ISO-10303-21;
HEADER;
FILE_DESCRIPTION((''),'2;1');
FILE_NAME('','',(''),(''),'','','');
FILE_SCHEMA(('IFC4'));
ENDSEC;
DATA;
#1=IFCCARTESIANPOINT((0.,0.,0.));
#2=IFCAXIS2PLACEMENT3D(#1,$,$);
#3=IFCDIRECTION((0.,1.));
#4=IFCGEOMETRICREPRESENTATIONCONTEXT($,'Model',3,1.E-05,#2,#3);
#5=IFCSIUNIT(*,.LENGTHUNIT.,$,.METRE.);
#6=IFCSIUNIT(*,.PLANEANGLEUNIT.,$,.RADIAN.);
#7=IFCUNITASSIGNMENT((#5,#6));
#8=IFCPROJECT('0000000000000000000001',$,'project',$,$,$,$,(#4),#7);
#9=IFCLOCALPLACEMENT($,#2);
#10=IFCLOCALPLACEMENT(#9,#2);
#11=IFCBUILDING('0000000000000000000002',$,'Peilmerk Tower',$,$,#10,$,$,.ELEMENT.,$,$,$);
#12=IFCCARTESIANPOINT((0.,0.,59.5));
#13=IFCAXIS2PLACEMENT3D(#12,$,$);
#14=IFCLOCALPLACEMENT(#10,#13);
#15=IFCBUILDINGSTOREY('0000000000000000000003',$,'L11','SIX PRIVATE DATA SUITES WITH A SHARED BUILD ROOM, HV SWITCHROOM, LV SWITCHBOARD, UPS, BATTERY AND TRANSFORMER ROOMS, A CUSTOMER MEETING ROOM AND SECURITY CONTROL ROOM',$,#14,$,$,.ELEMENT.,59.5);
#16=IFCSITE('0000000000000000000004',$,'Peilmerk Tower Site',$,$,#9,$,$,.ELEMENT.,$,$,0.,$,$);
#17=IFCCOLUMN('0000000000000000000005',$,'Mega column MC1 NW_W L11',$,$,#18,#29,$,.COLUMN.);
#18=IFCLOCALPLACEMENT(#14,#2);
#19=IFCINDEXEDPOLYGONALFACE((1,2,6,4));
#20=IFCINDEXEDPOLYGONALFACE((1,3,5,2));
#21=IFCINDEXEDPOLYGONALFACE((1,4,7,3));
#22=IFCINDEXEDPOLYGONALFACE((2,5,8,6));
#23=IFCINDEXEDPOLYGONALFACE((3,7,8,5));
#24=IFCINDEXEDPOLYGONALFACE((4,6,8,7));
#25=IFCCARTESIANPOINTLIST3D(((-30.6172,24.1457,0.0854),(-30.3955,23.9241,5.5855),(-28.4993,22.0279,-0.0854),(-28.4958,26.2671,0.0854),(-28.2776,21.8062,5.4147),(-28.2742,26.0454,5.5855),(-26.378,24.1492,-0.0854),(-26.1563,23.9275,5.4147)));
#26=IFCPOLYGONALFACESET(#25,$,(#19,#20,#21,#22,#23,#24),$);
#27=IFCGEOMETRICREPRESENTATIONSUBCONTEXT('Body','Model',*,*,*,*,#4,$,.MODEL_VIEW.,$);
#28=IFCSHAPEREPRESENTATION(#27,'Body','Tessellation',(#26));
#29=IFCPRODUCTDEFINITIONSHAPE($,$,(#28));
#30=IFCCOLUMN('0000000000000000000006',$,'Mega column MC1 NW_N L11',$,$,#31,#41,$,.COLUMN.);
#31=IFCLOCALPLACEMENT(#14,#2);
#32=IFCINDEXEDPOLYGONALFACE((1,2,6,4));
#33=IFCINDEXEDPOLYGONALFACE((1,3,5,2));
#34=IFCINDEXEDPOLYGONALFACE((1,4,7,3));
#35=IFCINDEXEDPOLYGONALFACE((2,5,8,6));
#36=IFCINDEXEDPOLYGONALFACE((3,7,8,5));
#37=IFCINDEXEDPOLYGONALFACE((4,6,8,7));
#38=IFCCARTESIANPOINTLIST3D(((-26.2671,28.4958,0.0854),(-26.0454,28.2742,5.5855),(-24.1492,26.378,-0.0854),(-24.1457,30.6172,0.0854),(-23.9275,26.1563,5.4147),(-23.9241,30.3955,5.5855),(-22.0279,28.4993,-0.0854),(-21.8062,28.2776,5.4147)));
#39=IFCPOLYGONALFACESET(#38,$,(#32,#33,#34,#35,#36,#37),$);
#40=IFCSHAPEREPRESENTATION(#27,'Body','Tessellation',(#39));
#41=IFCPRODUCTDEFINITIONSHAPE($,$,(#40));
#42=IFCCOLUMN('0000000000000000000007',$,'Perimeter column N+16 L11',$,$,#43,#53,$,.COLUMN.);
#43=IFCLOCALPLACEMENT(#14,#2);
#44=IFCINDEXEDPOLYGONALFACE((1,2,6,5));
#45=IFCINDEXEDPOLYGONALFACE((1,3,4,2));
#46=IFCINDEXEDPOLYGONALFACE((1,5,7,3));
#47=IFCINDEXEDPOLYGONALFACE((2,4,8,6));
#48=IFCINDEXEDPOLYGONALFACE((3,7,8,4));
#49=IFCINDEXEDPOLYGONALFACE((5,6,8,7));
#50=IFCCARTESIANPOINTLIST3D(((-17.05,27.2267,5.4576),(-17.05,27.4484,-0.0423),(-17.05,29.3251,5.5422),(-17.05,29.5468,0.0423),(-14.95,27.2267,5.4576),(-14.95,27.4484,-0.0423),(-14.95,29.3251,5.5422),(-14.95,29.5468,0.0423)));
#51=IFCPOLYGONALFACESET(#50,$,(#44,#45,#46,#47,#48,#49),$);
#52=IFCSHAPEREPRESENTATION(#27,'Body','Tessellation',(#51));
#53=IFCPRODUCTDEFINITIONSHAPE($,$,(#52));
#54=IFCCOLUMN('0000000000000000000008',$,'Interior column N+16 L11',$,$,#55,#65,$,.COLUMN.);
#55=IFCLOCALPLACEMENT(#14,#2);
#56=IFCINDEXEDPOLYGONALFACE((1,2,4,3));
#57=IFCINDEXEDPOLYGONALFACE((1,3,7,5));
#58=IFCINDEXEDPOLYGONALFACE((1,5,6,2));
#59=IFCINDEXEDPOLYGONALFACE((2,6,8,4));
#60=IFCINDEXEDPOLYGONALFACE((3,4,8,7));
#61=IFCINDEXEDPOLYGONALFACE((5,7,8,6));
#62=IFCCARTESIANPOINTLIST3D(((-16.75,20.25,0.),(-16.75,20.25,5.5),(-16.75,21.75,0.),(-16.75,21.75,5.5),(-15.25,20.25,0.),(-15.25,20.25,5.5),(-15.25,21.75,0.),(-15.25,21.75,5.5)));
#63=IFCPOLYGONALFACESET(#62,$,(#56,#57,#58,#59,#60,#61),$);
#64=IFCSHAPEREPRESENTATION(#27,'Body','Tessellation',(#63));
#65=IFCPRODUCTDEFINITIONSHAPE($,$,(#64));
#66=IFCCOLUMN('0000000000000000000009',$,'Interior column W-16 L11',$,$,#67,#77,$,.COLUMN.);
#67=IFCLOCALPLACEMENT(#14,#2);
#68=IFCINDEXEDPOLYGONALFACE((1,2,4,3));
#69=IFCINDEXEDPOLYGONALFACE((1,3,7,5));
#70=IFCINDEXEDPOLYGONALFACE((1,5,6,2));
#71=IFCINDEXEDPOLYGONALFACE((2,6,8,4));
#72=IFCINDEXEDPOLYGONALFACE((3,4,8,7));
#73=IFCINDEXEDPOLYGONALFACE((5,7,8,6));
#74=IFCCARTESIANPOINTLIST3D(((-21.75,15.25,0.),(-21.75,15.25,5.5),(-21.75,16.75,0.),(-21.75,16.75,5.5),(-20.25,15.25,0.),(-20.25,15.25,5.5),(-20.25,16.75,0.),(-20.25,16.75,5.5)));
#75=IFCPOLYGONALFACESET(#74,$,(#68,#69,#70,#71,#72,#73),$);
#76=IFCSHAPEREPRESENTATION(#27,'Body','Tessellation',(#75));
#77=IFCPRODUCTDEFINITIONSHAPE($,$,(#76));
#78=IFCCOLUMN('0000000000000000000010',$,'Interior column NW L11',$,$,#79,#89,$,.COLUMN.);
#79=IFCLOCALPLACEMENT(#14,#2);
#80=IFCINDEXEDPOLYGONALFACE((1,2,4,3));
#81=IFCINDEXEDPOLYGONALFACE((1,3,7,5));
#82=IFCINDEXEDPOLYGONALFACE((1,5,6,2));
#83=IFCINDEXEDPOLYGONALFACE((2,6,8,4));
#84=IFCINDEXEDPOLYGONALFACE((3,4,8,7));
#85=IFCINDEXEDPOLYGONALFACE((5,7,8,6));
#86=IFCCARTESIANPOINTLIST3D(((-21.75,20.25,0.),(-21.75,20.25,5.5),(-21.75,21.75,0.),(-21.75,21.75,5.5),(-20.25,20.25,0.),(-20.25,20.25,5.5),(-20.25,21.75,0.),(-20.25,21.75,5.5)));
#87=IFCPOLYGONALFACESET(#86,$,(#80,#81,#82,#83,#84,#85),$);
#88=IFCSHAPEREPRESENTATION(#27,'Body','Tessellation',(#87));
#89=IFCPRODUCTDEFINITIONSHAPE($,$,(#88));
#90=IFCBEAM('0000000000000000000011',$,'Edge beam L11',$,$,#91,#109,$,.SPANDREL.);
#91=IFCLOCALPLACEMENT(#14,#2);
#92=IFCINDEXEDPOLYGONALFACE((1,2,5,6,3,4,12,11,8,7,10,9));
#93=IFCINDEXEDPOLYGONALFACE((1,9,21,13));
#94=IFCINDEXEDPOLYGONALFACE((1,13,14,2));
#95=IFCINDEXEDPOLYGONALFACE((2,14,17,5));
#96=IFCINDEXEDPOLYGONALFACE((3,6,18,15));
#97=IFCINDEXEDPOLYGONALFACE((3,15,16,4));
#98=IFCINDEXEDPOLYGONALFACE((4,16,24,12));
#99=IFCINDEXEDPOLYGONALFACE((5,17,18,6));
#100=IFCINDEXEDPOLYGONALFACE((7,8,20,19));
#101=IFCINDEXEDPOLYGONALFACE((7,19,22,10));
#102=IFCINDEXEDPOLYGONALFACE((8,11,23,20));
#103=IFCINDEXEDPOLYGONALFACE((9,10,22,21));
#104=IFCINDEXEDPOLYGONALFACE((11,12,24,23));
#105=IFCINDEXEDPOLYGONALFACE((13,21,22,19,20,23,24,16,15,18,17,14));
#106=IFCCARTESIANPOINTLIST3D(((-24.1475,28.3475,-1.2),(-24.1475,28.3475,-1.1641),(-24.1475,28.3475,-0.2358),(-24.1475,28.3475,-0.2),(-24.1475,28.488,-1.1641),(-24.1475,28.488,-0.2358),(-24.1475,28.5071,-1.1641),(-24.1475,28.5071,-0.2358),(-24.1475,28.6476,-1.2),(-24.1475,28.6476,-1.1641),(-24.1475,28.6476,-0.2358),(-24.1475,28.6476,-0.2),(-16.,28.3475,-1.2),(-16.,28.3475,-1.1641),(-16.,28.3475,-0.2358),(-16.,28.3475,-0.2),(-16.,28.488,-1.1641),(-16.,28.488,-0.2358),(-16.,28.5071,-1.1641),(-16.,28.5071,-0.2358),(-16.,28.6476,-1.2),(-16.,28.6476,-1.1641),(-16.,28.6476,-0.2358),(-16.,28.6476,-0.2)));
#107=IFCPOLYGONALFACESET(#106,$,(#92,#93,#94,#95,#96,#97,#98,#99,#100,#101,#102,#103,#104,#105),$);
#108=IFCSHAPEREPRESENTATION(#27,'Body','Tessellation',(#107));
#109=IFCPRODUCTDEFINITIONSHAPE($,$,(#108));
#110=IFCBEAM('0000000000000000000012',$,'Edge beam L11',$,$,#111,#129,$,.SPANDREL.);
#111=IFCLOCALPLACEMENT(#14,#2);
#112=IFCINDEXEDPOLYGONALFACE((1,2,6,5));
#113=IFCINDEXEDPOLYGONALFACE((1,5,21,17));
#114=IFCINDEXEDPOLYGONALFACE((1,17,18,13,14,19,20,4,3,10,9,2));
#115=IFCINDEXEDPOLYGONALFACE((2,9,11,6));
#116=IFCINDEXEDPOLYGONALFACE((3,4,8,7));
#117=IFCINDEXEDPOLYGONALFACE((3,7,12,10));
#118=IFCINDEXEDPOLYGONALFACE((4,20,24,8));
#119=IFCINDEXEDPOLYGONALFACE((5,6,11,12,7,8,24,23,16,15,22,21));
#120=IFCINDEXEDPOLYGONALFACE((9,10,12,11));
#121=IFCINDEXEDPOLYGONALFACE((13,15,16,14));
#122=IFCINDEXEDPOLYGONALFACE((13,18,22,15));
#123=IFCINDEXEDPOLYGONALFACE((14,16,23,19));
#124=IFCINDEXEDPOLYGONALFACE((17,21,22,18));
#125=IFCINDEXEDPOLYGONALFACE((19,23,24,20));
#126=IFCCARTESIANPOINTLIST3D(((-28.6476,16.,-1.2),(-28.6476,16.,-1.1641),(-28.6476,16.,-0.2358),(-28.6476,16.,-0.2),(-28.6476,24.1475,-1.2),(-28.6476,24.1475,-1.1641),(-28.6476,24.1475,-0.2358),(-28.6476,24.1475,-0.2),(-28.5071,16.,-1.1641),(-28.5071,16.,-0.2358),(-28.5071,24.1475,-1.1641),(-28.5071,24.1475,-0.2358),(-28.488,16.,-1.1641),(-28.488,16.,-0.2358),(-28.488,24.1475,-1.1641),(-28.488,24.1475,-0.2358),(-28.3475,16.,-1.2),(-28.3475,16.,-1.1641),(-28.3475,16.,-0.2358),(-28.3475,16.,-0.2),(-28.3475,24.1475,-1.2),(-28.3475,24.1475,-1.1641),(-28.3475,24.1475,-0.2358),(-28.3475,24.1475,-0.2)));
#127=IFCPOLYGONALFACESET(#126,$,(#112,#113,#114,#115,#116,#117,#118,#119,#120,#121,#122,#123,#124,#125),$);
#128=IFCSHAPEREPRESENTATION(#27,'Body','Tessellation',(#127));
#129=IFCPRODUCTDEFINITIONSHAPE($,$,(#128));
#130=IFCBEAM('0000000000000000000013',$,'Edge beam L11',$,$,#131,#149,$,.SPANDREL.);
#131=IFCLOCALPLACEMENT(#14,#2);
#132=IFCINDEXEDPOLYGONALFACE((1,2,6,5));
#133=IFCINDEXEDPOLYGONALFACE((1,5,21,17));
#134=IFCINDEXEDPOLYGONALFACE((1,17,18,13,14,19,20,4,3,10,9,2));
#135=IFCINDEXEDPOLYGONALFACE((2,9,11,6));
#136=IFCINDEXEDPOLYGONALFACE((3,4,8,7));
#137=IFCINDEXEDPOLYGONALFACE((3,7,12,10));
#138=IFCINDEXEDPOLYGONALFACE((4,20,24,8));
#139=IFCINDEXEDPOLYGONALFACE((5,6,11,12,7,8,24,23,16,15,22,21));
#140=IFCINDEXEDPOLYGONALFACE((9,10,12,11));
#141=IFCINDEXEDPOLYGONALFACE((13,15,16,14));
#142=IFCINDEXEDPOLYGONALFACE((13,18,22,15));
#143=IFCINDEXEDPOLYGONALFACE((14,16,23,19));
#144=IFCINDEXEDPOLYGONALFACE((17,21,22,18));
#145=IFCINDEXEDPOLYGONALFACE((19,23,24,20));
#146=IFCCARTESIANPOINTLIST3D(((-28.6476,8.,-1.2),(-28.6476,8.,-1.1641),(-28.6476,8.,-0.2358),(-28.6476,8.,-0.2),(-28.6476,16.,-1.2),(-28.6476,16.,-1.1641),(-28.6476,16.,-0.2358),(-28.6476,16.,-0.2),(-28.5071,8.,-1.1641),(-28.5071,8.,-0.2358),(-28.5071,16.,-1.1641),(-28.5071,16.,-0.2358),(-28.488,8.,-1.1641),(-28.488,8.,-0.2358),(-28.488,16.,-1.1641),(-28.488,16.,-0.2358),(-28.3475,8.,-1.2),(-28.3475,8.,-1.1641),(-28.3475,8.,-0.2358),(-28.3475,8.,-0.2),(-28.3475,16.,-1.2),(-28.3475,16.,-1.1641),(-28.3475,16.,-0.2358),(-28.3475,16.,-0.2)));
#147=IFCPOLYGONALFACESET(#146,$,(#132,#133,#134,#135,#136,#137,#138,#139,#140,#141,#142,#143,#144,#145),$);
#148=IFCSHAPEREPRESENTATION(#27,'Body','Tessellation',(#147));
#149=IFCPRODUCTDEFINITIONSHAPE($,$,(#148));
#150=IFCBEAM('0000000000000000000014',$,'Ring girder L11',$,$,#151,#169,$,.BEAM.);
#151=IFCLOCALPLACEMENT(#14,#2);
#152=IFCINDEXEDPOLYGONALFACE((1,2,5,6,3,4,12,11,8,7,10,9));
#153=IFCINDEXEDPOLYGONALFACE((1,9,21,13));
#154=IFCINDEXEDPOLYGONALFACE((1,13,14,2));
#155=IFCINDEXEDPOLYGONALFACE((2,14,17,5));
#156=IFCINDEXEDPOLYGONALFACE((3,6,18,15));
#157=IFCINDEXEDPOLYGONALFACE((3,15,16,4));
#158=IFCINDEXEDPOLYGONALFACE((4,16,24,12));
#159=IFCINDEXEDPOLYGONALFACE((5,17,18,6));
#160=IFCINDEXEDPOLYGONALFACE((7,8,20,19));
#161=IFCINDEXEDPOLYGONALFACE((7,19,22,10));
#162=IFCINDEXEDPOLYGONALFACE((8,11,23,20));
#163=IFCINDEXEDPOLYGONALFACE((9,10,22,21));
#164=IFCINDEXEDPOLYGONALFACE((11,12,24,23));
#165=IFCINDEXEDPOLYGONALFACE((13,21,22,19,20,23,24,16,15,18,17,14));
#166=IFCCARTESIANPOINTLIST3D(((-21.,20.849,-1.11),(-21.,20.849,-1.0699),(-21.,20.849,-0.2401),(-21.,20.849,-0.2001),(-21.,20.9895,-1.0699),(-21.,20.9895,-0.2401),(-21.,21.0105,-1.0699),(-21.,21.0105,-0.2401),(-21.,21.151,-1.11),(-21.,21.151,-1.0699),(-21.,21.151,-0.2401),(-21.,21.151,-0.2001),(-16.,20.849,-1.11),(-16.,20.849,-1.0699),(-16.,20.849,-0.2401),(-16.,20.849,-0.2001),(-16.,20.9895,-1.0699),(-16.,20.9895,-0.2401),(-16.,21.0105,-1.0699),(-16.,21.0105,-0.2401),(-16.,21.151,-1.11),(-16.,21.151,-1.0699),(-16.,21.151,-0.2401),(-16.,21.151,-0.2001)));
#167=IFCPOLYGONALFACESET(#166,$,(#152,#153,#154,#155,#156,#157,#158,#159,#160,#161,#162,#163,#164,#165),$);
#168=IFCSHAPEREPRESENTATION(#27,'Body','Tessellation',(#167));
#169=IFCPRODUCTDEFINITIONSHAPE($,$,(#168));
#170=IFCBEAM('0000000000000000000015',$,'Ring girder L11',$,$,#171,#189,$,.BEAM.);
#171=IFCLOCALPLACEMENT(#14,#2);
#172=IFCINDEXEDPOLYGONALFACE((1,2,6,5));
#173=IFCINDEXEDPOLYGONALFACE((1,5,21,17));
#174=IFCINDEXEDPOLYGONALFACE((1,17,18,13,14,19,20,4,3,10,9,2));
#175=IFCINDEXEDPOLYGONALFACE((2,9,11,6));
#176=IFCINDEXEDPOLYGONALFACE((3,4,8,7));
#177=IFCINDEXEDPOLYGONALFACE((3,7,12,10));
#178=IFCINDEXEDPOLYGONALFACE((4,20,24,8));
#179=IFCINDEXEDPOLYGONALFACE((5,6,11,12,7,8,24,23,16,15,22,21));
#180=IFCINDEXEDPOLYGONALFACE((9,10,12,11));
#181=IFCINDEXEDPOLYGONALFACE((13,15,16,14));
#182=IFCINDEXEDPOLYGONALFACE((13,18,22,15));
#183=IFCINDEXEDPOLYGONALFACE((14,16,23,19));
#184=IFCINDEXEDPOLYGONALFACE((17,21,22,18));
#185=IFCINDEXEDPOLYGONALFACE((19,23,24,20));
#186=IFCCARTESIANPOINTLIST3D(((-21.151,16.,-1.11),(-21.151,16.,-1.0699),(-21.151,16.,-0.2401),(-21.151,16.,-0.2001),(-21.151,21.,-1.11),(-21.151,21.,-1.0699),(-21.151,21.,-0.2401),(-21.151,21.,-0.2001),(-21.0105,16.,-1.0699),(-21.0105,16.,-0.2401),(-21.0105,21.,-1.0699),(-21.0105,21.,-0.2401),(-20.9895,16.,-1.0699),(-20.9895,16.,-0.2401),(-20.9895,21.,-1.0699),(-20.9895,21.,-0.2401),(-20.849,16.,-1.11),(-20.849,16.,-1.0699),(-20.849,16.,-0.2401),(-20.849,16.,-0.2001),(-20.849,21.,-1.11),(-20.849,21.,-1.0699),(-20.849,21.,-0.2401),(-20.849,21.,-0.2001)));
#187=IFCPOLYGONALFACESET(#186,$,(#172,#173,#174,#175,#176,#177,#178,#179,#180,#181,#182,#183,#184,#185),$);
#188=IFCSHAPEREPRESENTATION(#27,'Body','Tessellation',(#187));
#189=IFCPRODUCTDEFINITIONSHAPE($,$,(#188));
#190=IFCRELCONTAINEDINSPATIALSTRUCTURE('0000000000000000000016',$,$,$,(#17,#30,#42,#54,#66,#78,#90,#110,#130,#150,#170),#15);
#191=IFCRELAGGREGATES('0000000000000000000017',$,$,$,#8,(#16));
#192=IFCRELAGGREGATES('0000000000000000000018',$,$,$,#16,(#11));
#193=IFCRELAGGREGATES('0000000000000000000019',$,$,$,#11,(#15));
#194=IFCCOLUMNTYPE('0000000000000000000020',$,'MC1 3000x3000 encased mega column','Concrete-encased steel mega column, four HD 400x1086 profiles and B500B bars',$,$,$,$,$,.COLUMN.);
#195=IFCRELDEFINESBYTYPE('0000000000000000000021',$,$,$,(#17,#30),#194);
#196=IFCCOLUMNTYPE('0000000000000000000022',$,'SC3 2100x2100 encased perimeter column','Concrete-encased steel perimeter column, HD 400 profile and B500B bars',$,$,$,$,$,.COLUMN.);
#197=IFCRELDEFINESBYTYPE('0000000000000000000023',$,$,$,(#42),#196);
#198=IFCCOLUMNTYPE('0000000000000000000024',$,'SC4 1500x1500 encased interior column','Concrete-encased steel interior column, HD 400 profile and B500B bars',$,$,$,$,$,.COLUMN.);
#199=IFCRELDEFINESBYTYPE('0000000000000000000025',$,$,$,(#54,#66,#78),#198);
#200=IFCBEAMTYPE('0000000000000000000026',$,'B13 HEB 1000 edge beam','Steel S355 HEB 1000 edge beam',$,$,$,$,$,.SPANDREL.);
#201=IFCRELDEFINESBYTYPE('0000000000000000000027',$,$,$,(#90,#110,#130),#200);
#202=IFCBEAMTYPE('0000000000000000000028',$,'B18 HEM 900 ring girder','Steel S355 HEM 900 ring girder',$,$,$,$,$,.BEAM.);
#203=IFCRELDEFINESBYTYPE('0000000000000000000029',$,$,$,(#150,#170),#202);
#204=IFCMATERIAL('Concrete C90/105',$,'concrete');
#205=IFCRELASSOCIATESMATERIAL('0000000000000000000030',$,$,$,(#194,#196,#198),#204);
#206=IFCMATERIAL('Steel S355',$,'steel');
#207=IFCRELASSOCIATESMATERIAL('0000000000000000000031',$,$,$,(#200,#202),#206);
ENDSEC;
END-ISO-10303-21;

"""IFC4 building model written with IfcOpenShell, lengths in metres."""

from ifc_helpers import new_model, si_unit, direction, frame, origin, origin_2d, place, context, subcontext, project, spatial, rectangle, i_section, extrude, material, material_profile, profile_set, type_object, element, save


model = new_model("IFC4")

# Units and contexts
model_context = context("Model", 3, precision=1e-05, world=origin(), true_north=direction((0.0, 1.0)))
body_context = subcontext(model_context, "Body", "Model", "MODEL_VIEW")
ifc_project = project(units=[si_unit("LENGTHUNIT", "METRE"), si_unit("PLANEANGLEUNIT", "RADIAN")], contexts=[model_context])

# Site, building, storey
site_placement = place(None, origin())
site = spatial("IfcSite", under=ifc_project, at=site_placement, Name="Peilmerk Tower Site", CompositionType="ELEMENT", RefElevation=0.0)
building_placement = place(site_placement, origin())
building = spatial("IfcBuilding", under=site, at=building_placement, Name="Peilmerk Tower", CompositionType="ELEMENT")
storey_placement = place(building_placement, frame((0.0, 0.0, 59.5)))
storey = spatial("IfcBuildingStorey", under=building, at=storey_placement, Name="L11", Description="SIX PRIVATE DATA SUITES WITH A SHARED BUILD ROOM, HV SWITCHROOM, LV SWITCHBOARD, UPS, BATTERY AND TRANSFORMER ROOMS, A CUSTOMER MEETING ROOM AND SECURITY CONTROL ROOM", CompositionType="ELEMENT", Elevation=59.5)

# Columns
ifc_material_1 = material(Name="Concrete C90/105", Category="concrete")
ifc_material_profile_1 = material_profile(ifc_material_1, rectangle(XDim=3.0, YDim=3.0, at=origin_2d()), Name="RC 3000x3000")
ifc_profile_set_1 = profile_set([ifc_material_profile_1], Name="Concrete C90/105")
column_type_1 = type_object("IfcColumnType", Name="MC1 3000x3000 encased mega column", Description="Concrete-encased steel mega column, four HD 400x1086 profiles and B500B bars", PredefinedType="COLUMN", material=ifc_profile_set_1)
for number, where, z_axis, x_axis, name in (
    (1, (-28.4976, 24.1475, 0.0), (0.04024, -0.04024, 0.998379), (0.707107, 0.707107, 0.0), "Mega column MC1 NW_W L11"),
    (2, (-24.1475, 28.4976, 0.0), (0.04024, -0.04024, 0.998379), (0.707107, 0.707107, 0.0), "Mega column MC1 NW_N L11"),
):
    element("IfcColumn", number, at=place(storey_placement, frame(where, z_axis=z_axis, x_axis=x_axis)), inside=storey, type_object=column_type_1, Name=name, PredefinedType="COLUMN", context=body_context, shape_type="SweptSolid", body=[
        extrude(rectangle(XDim=3.0, YDim=3.0, at=origin_2d()), origin(), (0.0, 0.0, 1.0), 5.509),
    ])
ifc_material_profile_2 = material_profile(ifc_material_1, rectangle(XDim=2.1001, YDim=2.1001, at=origin_2d()), Name="RC 2100x2100")
ifc_profile_set_2 = profile_set([ifc_material_profile_2], Name="Concrete C90/105")
column_type_2 = type_object("IfcColumnType", Name="SC3 2100x2100 encased perimeter column", Description="Concrete-encased steel perimeter column, HD 400 profile and B500B bars", PredefinedType="COLUMN", material=ifc_profile_set_2)
column_placement = place(storey_placement, frame((-16.0, 28.4976, 0.0), z_axis=(0.0, -0.040273, 0.999189), x_axis=(1.0, 0.0, 0.0)))
element("IfcColumn", 3, at=column_placement, inside=storey, type_object=column_type_2, Name="Perimeter column N+16 L11", PredefinedType="COLUMN", context=body_context, shape_type="SweptSolid", body=[
    extrude(rectangle(XDim=2.1001, YDim=2.1001, at=origin_2d()), origin(), (0.0, 0.0, 1.0), 5.5044),
])
ifc_material_profile_3 = material_profile(ifc_material_1, rectangle(XDim=1.5, YDim=1.5, at=origin_2d()), Name="RC 1500x1500")
ifc_profile_set_3 = profile_set([ifc_material_profile_3], Name="Concrete C90/105")
column_type_3 = type_object("IfcColumnType", Name="SC4 1500x1500 encased interior column", Description="Concrete-encased steel interior column, HD 400 profile and B500B bars", PredefinedType="COLUMN", material=ifc_profile_set_3)
for number, where, z_axis, x_axis, name in (
    (4, (-16.0, 21.0, 0.0), (0.0, 0.0, 1.0), (1.0, 0.0, 0.0), "Interior column N+16 L11"),
    (5, (-21.0, 16.0, 0.0), (0.0, 0.0, 1.0), (1.0, 0.0, 0.0), "Interior column W-16 L11"),
    (6, (-21.0, 21.0, 0.0), (0.0, 0.0, 1.0), (1.0, 0.0, 0.0), "Interior column NW L11"),
):
    element("IfcColumn", number, at=place(storey_placement, frame(where, z_axis=z_axis, x_axis=x_axis)), inside=storey, type_object=column_type_3, Name=name, PredefinedType="COLUMN", context=body_context, shape_type="SweptSolid", body=[
        extrude(rectangle(XDim=1.5, YDim=1.5, at=origin_2d()), origin(), (0.0, 0.0, 1.0), 5.5),
    ])

# Beams
ifc_material_2 = material(Name="Steel S355", Category="steel")
ifc_material_profile_4 = material_profile(ifc_material_2, i_section(OverallWidth=0.3, OverallDepth=1.0, WebThickness=0.019, FlangeThickness=0.0359, at=origin_2d()), Name="HEB 1000")
ifc_profile_set_4 = profile_set([ifc_material_profile_4], Name="Steel S355")
beam_type_1 = type_object("IfcBeamType", Name="B13 HEB 1000 edge beam", Description="Steel S355 HEB 1000 edge beam", PredefinedType="SPANDREL", material=ifc_profile_set_4)
for number, where, z_axis, x_axis, name in (
    (7, (-16.0, 28.4976, -0.7), (-1.0, 0.0, 0.0), (0.0, -1.0, 0.0), "Edge beam L11"),
    (8, (-28.4976, 24.1475, -0.7), (0.0, -1.0, 0.0), (1.0, 0.0, 0.0), "Edge beam L11"),
):
    element("IfcBeam", number, at=place(storey_placement, frame(where, z_axis=z_axis, x_axis=x_axis)), inside=storey, type_object=beam_type_1, Name=name, PredefinedType="SPANDREL", context=body_context, shape_type="SweptSolid", body=[
        extrude(i_section(OverallWidth=0.3, OverallDepth=1.0, WebThickness=0.019, FlangeThickness=0.0359, at=origin_2d()), origin(), (0.0, 0.0, 1.0), 8.1475),
    ])
beam_1_placement = place(storey_placement, frame((-28.4976, 16.0, -0.7), z_axis=(0.0, -1.0, 0.0), x_axis=(1.0, 0.0, 0.0)))
element("IfcBeam", 9, at=beam_1_placement, inside=storey, type_object=beam_type_1, Name="Edge beam L11", PredefinedType="SPANDREL", context=body_context, shape_type="SweptSolid", body=[
    extrude(i_section(OverallWidth=0.3, OverallDepth=1.0, WebThickness=0.019, FlangeThickness=0.0359, at=origin_2d()), origin(), (0.0, 0.0, 1.0), 8.0),
])
ifc_material_profile_5 = material_profile(ifc_material_2, i_section(OverallWidth=0.302, OverallDepth=0.9099, WebThickness=0.021, FlangeThickness=0.04, at=origin_2d()), Name="HEM 900")
ifc_profile_set_5 = profile_set([ifc_material_profile_5], Name="Steel S355")
beam_type_2 = type_object("IfcBeamType", Name="B18 HEM 900 ring girder", Description="Steel S355 HEM 900 ring girder", PredefinedType="BEAM", material=ifc_profile_set_5)
for number, where, z_axis, x_axis, name in (
    (10, (-16.0, 21.0, -0.655), (-1.0, 0.0, 0.0), (0.0, -1.0, 0.0), "Ring girder L11"),
    (11, (-21.0, 21.0, -0.655), (0.0, -1.0, 0.0), (1.0, 0.0, 0.0), "Ring girder L11"),
):
    element("IfcBeam", number, at=place(storey_placement, frame(where, z_axis=z_axis, x_axis=x_axis)), inside=storey, type_object=beam_type_2, Name=name, PredefinedType="BEAM", context=body_context, shape_type="SweptSolid", body=[
        extrude(i_section(OverallWidth=0.302, OverallDepth=0.9099, WebThickness=0.021, FlangeThickness=0.04, at=origin_2d()), origin(), (0.0, 0.0, 1.0), 5.0),
    ])

save(model, "model.ifc")
